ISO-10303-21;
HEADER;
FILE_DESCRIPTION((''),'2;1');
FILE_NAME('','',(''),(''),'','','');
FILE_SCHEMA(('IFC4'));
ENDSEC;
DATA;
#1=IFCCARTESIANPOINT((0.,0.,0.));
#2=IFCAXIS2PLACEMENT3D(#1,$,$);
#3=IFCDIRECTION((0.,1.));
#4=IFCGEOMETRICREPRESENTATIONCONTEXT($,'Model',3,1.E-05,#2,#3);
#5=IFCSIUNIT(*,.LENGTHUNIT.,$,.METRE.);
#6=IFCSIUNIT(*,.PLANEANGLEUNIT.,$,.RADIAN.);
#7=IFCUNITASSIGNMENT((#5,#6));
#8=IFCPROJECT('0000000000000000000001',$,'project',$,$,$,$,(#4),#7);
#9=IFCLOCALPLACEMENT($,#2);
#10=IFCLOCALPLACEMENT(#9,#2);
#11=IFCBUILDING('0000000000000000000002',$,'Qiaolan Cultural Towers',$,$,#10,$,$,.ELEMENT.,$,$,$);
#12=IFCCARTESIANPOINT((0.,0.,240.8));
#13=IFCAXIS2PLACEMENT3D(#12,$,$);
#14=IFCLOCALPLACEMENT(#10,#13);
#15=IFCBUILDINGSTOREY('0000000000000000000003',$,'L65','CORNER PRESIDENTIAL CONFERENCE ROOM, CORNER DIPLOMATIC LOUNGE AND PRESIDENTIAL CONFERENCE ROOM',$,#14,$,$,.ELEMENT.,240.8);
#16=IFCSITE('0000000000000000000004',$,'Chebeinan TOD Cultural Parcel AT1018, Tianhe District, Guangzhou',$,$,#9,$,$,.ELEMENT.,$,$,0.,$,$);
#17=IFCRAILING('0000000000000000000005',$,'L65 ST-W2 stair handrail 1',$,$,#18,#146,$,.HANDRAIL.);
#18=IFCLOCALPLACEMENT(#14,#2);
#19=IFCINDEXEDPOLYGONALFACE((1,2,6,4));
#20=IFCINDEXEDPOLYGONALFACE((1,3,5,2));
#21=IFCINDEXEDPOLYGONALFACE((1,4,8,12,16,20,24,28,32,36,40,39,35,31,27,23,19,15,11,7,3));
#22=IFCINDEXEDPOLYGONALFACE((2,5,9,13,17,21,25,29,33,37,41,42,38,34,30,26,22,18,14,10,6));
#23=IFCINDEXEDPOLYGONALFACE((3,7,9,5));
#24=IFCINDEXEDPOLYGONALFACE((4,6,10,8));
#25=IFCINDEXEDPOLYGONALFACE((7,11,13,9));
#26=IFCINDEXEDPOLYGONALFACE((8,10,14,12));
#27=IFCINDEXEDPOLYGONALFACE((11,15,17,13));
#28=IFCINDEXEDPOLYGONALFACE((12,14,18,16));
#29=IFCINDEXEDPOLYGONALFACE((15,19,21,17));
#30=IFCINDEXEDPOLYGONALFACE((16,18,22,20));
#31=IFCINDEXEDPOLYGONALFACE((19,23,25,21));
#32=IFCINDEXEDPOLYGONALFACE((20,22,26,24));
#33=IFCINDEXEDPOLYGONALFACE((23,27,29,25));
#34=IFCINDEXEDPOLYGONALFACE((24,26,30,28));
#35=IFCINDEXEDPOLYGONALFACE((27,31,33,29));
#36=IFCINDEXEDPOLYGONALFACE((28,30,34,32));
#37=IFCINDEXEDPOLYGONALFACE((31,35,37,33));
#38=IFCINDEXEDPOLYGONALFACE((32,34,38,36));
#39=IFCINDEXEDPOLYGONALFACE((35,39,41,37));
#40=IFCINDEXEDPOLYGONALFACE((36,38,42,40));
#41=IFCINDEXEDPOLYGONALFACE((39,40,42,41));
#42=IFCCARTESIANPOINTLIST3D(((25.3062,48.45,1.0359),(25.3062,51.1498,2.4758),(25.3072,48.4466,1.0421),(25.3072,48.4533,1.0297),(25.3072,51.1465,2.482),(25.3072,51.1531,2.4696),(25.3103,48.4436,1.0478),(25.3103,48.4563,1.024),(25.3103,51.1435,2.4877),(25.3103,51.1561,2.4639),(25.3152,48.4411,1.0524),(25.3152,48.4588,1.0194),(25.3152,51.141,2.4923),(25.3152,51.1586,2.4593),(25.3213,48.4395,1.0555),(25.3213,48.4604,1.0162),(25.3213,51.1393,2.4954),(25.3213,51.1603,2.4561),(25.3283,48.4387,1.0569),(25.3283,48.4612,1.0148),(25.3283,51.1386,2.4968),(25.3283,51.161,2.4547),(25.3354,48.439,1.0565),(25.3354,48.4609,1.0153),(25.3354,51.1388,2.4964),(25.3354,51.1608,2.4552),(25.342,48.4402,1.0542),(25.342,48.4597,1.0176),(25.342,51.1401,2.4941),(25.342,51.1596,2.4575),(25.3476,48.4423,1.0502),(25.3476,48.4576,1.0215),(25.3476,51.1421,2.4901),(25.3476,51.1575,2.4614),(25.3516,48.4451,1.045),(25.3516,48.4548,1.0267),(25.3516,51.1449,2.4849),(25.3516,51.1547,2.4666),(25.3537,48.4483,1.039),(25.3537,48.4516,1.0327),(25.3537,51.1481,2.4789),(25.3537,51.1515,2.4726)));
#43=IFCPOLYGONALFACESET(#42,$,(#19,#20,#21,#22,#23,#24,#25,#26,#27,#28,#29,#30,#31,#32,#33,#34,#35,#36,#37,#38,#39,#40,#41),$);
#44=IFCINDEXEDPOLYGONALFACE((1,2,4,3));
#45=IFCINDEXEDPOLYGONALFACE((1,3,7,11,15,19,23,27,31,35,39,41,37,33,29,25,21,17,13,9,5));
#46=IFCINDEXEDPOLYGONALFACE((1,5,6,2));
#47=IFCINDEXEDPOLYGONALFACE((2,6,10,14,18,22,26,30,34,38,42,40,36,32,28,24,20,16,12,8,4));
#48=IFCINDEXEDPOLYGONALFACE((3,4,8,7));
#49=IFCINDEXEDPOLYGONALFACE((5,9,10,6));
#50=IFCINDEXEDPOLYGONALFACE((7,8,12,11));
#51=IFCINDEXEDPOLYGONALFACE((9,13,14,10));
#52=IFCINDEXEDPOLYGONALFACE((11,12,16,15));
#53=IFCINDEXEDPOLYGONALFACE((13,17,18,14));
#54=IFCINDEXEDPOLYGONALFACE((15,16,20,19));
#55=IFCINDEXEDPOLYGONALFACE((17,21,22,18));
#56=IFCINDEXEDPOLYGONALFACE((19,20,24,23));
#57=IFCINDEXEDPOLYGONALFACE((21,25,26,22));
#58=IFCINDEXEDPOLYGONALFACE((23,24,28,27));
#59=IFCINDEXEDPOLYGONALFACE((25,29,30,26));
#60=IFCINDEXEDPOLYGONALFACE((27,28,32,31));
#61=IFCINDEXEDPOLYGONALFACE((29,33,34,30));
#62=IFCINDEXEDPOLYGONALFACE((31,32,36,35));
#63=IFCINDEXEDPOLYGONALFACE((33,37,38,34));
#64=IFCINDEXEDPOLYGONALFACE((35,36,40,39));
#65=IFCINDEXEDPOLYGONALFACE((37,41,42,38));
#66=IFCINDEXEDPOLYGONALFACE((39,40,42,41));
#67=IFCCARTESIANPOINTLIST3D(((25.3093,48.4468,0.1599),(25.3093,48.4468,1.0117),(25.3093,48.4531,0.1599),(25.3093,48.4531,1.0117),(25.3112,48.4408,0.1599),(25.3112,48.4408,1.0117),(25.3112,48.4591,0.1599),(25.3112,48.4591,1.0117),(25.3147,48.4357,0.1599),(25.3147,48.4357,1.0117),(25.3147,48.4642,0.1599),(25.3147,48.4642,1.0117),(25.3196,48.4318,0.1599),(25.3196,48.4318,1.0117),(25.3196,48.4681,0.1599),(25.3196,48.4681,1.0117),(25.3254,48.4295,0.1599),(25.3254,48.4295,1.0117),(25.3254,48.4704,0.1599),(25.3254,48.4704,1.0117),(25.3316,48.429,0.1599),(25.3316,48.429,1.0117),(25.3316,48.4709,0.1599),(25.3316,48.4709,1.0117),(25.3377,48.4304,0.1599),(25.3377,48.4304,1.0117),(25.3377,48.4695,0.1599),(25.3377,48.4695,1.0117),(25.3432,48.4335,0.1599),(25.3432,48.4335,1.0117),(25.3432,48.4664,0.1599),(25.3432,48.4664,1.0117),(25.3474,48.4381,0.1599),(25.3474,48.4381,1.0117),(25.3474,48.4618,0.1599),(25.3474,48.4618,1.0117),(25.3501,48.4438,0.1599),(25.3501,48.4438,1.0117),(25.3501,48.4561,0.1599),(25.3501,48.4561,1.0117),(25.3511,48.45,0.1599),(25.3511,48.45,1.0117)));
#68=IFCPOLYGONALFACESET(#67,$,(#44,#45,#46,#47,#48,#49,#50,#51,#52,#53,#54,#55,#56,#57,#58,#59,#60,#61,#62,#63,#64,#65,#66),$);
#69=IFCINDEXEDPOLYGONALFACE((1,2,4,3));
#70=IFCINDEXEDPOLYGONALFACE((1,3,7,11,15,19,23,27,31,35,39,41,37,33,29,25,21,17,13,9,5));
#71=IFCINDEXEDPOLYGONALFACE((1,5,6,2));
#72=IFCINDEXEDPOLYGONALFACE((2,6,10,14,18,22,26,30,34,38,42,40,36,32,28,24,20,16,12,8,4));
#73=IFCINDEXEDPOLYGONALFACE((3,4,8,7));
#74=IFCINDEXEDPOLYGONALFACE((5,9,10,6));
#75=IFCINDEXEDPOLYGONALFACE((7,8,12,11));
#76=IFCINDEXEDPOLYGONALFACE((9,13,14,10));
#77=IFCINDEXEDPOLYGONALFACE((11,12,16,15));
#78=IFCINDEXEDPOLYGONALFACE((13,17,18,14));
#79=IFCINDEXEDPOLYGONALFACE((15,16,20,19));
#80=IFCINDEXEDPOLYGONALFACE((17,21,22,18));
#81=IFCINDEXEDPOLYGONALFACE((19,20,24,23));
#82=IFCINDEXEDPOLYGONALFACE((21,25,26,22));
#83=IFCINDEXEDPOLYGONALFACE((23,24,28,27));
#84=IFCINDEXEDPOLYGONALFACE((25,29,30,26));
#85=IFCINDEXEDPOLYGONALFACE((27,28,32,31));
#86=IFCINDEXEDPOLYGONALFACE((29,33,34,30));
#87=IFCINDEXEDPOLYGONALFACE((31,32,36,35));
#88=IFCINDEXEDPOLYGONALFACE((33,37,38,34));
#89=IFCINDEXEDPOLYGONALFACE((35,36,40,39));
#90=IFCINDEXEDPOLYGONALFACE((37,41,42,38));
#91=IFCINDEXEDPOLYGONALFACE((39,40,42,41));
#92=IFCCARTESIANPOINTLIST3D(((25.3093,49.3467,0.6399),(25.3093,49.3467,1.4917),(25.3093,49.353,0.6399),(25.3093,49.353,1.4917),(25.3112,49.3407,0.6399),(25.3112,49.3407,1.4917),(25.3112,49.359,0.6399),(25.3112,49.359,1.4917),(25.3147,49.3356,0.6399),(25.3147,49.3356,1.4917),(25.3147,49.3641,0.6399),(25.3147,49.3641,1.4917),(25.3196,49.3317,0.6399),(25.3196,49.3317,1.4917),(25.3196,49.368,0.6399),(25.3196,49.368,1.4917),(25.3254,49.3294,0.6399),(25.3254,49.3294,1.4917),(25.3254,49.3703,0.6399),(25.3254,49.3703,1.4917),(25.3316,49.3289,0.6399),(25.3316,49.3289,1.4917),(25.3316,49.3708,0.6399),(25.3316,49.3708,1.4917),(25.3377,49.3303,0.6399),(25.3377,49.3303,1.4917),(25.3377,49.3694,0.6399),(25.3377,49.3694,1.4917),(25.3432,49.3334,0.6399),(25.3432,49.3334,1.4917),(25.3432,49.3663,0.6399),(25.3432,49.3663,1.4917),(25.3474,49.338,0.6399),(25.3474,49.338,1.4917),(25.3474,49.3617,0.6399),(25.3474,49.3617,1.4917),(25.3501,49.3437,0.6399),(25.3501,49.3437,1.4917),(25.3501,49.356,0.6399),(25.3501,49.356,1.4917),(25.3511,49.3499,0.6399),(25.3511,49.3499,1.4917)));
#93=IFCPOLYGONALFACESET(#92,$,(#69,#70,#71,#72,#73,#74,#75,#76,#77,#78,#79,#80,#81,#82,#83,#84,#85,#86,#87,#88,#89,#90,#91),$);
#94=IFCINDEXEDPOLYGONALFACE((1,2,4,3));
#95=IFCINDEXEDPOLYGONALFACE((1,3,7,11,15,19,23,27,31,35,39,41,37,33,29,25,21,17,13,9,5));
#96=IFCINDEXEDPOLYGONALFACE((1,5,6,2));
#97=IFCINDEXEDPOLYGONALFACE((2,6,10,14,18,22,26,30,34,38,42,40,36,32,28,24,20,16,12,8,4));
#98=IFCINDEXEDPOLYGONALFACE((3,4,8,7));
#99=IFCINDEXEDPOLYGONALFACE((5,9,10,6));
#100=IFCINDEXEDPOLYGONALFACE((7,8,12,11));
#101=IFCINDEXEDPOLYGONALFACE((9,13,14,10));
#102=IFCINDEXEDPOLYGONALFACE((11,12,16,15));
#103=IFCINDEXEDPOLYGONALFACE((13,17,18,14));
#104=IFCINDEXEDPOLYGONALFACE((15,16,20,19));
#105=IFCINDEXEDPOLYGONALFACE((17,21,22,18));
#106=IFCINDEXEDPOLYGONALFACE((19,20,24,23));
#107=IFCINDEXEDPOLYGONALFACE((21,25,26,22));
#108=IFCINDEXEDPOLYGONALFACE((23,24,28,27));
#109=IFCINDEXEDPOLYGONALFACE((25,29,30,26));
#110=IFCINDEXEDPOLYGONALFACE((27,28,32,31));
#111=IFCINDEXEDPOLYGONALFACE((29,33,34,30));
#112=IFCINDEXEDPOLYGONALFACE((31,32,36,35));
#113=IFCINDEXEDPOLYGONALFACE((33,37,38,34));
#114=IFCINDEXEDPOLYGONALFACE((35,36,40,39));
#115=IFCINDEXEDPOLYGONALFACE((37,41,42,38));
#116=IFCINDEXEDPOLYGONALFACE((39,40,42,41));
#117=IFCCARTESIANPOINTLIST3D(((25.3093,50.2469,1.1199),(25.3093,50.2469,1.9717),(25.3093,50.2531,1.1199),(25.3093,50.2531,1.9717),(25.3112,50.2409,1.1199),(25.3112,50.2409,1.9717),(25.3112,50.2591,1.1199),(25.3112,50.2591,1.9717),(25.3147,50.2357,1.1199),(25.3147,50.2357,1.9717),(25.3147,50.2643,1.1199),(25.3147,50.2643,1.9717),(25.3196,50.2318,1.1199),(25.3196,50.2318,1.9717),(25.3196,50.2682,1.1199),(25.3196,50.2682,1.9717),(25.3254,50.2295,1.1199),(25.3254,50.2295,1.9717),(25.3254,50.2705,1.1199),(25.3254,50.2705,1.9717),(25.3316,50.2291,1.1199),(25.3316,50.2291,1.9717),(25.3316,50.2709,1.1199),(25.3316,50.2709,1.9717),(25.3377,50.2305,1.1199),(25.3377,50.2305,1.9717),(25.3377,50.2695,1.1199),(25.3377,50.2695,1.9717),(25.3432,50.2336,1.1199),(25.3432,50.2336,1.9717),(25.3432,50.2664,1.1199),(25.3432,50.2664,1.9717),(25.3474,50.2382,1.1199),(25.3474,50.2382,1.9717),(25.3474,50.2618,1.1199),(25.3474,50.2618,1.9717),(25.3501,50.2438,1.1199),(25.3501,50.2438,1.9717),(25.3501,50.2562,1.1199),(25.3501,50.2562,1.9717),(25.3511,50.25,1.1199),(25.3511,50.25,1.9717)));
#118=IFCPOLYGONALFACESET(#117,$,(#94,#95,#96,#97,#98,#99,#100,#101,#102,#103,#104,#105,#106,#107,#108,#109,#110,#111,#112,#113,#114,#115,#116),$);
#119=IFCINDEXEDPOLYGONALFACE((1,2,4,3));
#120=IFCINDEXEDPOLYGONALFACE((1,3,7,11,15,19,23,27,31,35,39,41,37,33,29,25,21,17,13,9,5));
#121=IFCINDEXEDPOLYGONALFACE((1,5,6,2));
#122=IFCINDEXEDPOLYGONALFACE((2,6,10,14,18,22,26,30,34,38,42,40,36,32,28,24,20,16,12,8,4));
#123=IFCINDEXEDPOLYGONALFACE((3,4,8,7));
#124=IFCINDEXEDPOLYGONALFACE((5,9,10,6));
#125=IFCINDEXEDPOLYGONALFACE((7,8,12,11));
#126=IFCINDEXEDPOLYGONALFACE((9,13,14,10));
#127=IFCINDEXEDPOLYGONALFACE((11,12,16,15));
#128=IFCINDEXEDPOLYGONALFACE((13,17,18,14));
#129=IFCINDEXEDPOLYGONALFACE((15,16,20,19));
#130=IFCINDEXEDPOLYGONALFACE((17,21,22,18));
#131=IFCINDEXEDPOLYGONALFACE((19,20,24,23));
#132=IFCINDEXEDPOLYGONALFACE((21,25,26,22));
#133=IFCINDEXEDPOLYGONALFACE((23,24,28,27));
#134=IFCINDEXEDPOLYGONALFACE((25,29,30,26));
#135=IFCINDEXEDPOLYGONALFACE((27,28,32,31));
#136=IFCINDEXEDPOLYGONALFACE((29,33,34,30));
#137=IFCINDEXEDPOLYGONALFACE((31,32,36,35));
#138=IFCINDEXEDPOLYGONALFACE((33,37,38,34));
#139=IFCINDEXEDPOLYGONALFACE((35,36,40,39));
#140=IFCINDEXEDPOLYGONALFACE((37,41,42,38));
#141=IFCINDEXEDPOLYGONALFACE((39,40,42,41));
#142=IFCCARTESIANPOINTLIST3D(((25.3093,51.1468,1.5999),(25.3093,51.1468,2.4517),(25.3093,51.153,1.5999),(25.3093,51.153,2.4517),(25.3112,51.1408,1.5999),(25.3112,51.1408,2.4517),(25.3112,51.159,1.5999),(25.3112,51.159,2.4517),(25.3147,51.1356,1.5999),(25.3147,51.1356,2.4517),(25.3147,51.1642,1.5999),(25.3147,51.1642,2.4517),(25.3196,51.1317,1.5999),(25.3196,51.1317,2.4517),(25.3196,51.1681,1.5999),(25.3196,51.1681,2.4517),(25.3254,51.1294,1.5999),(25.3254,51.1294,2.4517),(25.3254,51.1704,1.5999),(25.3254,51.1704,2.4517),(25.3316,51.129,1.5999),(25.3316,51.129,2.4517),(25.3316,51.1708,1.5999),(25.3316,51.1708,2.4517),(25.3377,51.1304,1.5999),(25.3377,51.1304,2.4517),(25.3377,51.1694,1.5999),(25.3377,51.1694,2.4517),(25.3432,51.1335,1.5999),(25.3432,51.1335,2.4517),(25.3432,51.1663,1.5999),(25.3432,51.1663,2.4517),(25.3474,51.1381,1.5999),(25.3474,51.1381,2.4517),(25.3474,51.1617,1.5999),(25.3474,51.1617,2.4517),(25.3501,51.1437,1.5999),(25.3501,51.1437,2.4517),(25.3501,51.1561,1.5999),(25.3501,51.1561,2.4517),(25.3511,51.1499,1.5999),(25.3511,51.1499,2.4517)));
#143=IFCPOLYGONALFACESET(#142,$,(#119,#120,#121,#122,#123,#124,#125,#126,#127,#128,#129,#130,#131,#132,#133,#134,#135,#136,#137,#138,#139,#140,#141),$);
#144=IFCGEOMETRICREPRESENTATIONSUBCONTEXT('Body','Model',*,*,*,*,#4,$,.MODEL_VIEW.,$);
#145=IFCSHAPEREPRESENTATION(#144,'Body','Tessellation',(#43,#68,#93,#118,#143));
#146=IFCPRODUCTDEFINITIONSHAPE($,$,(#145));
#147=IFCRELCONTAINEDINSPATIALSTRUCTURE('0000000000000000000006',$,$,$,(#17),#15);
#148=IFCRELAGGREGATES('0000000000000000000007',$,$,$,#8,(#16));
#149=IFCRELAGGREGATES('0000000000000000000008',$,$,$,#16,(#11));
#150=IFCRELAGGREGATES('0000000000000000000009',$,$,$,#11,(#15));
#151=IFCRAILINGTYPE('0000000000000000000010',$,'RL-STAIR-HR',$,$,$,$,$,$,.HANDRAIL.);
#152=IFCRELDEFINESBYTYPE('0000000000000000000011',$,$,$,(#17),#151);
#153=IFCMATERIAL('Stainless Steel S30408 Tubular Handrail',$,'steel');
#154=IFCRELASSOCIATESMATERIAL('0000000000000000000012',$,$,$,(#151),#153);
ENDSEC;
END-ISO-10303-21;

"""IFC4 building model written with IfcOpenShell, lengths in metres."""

from ifc_helpers import new_model, si_unit, direction, frame, origin, origin_2d, place, context, subcontext, project, spatial, circle, extrude, material, type_object, element, save


model = new_model("IFC4")

# Units and contexts
model_context = context("Model", 3, precision=1e-05, world=origin(), true_north=direction((0.0, 1.0)))
body_context = subcontext(model_context, "Body", "Model", "MODEL_VIEW")
ifc_project = project(units=[si_unit("LENGTHUNIT", "METRE"), si_unit("PLANEANGLEUNIT", "RADIAN")], contexts=[model_context])

# Site, building, storey
site_placement = place(None, origin())
site = spatial("IfcSite", under=ifc_project, at=site_placement, Name="Chebeinan TOD Cultural Parcel AT1018, Tianhe District, Guangzhou", CompositionType="ELEMENT", RefElevation=0.0)
building_placement = place(site_placement, origin())
building = spatial("IfcBuilding", under=site, at=building_placement, Name="Qiaolan Cultural Towers", CompositionType="ELEMENT")
storey_placement = place(building_placement, frame((0.0, 0.0, 240.8)))
storey = spatial("IfcBuildingStorey", under=building, at=storey_placement, Name="L65", Description="CORNER PRESIDENTIAL CONFERENCE ROOM, CORNER DIPLOMATIC LOUNGE AND PRESIDENTIAL CONFERENCE ROOM", CompositionType="ELEMENT", Elevation=240.8)

# Railing
ifc_material_1 = material(Name="Stainless Steel S30408 Tubular Handrail", Category="steel")
railing_type_1 = type_object("IfcRailingType", Name="RL-STAIR-HR", PredefinedType="HANDRAIL", material=ifc_material_1)
railing_1_placement = place(storey_placement, frame((25.3301, 48.45, 0.1599)))
element("IfcRailing", 1, at=railing_1_placement, inside=storey, type_object=railing_type_1, Name="L65 ST-W2 stair handrail 1", PredefinedType="HANDRAIL", context=body_context, shape_type="SweptSolid", body=[
    extrude(circle(Radius=0.0239, at=origin_2d()), frame((0.0, 0.0, 0.876), z_axis=(0.0, 0.882357, 0.47058), x_axis=(-1.0, 0.0, 0.0)), (0.0, 0.0, 1.0), 3.0598),
    extrude(circle(Radius=0.021, at=origin_2d()), origin(), (0.0, 0.0, 1.0), 0.8518),
    extrude(circle(Radius=0.021, at=origin_2d()), frame((0.0, 0.8999, 0.48)), (0.0, 0.0, 1.0), 0.8518),
    extrude(circle(Radius=0.021, at=origin_2d()), frame((0.0, 1.8, 0.96)), (0.0, 0.0, 1.0), 0.8518),
    extrude(circle(Radius=0.021, at=origin_2d()), frame((0.0, 2.7, 1.4399)), (0.0, 0.0, 1.0), 0.8518),
])

save(model, "model.ifc")
